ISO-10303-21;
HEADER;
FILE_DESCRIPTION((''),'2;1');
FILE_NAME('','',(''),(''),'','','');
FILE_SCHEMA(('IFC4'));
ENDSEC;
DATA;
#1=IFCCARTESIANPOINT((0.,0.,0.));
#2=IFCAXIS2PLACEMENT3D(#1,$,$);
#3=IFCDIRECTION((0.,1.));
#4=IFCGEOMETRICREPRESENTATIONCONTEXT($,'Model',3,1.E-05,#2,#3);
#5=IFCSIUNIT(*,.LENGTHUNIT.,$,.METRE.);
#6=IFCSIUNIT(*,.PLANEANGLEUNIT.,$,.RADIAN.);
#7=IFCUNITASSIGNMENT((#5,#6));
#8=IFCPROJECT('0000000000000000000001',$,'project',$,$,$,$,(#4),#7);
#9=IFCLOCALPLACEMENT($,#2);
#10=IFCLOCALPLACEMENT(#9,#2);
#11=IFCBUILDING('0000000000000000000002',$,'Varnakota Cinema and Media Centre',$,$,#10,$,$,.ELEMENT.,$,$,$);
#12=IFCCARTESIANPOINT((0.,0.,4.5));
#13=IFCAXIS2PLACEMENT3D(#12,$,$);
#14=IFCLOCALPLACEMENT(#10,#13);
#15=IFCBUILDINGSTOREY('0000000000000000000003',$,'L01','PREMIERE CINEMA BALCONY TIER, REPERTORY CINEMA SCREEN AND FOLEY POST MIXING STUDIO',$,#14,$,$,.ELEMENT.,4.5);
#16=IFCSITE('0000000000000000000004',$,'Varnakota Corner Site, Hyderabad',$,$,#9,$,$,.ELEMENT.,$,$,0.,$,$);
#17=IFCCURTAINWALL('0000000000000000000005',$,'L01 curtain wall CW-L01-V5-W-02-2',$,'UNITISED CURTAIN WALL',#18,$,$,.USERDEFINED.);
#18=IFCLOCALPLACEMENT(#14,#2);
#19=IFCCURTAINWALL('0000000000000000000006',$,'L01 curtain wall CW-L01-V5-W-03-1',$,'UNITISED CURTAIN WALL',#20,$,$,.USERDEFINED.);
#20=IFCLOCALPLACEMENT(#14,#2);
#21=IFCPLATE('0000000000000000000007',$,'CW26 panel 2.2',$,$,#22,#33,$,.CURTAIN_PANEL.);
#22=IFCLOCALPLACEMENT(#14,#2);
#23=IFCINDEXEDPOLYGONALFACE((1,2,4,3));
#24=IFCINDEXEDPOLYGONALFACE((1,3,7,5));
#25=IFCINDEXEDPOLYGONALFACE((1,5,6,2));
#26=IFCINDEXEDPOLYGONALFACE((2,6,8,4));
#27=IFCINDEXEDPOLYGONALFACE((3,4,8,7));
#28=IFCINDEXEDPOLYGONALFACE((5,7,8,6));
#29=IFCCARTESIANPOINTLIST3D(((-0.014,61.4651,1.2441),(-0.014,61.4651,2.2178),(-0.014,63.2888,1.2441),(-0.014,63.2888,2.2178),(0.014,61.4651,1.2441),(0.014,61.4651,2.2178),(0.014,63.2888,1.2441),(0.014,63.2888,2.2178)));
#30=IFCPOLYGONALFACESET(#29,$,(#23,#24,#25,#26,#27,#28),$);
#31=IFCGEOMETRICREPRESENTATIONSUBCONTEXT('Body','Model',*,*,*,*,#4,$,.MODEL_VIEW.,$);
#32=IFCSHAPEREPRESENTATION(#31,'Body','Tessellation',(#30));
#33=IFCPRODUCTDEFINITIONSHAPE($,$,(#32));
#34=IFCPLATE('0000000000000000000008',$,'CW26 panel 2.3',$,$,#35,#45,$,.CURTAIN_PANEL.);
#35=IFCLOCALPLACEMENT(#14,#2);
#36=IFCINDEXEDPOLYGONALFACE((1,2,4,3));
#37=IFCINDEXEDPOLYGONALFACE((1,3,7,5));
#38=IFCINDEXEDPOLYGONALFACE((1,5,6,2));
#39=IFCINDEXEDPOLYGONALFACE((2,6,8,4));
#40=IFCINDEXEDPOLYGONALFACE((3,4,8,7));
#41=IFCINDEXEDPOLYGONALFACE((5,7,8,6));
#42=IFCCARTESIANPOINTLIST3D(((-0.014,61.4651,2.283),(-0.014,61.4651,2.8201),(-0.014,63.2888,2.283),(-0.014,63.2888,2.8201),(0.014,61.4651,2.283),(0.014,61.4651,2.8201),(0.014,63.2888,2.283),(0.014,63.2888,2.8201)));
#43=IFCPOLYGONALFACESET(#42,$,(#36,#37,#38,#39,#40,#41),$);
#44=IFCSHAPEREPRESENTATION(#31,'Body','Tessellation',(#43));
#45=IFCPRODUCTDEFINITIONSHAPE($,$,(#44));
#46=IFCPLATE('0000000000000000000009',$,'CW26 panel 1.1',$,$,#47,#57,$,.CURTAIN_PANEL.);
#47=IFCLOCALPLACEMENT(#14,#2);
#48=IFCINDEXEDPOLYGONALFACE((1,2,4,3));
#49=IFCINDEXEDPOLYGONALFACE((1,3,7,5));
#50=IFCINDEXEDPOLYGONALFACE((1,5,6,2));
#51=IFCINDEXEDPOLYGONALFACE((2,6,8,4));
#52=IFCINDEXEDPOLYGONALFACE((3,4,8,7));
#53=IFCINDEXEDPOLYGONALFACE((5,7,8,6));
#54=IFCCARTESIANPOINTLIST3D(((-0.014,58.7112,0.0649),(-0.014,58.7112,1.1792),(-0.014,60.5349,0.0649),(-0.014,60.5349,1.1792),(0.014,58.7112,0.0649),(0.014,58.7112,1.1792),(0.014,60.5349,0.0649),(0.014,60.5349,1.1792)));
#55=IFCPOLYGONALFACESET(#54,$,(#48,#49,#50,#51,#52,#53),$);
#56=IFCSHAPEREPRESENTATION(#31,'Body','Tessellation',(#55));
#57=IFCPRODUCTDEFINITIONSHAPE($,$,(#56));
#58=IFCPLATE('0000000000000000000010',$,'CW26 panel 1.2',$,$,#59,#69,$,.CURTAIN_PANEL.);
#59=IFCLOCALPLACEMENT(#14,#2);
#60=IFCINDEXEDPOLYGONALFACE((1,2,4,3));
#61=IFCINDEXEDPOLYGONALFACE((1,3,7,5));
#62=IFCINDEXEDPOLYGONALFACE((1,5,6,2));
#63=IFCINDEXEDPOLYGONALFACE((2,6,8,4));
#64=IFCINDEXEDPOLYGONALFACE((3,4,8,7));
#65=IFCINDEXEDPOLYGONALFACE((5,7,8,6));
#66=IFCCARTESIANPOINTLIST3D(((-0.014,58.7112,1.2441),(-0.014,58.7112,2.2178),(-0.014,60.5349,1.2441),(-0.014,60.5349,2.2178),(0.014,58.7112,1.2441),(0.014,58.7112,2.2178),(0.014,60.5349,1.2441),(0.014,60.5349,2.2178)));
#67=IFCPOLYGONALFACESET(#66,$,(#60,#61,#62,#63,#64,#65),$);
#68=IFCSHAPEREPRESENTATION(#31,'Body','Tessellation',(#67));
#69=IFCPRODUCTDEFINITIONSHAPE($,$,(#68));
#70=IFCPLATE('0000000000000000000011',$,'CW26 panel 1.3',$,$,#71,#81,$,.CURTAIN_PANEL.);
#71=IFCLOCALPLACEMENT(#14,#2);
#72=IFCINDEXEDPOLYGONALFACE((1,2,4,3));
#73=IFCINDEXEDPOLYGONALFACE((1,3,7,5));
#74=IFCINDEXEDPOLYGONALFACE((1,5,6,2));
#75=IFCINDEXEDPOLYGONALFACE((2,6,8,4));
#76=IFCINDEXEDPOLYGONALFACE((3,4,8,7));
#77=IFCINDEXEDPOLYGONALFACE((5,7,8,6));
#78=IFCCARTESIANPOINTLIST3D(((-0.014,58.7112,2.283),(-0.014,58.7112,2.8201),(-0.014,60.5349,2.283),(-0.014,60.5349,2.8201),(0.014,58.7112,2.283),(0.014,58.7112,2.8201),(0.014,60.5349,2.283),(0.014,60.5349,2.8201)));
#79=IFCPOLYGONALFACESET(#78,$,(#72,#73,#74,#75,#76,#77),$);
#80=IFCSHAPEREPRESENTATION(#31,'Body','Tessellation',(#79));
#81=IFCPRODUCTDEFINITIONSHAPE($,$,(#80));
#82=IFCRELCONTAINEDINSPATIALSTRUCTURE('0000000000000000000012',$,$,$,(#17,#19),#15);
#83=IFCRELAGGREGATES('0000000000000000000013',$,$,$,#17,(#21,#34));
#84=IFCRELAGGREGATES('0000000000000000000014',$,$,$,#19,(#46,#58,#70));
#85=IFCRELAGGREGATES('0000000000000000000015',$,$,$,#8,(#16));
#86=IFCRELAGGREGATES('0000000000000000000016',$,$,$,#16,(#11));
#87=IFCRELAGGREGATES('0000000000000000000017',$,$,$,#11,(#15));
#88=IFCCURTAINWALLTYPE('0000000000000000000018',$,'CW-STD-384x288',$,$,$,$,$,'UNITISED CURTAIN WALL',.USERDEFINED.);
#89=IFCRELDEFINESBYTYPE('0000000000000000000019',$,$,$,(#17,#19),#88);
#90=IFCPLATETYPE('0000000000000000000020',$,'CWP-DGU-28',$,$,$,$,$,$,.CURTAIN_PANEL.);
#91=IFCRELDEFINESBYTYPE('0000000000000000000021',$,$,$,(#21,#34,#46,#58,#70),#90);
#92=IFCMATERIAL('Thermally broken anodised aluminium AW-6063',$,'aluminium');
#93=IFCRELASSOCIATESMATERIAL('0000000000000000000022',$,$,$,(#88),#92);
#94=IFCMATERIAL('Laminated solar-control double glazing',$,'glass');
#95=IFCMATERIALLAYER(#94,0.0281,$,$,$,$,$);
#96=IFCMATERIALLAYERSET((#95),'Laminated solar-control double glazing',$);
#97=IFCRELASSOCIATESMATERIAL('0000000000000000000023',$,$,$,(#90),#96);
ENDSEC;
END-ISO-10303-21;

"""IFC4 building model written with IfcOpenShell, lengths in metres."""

from ifc_helpers import new_model, si_unit, direction, frame, origin, origin_2d, place, context, subcontext, project, spatial, rectangle, extrude, material, layer, layer_set, type_object, element, aggregate, save


model = new_model("IFC4")

# Units and contexts
model_context = context("Model", 3, precision=1e-05, world=origin(), true_north=direction((0.0, 1.0)))
body_context = subcontext(model_context, "Body", "Model", "MODEL_VIEW")
ifc_project = project(units=[si_unit("LENGTHUNIT", "METRE"), si_unit("PLANEANGLEUNIT", "RADIAN")], contexts=[model_context])

# Site, building, storey
site_placement = place(None, origin())
site = spatial("IfcSite", under=ifc_project, at=site_placement, Name="Varnakota Corner Site, Hyderabad", CompositionType="ELEMENT", RefElevation=0.0)
building_placement = place(site_placement, origin())
building = spatial("IfcBuilding", under=site, at=building_placement, Name="Varnakota Cinema and Media Centre", CompositionType="ELEMENT")
storey_placement = place(building_placement, frame((0.0, 0.0, 4.5)))
storey = spatial("IfcBuildingStorey", under=building, at=storey_placement, Name="L01", Description="PREMIERE CINEMA BALCONY TIER, REPERTORY CINEMA SCREEN AND FOLEY POST MIXING STUDIO", CompositionType="ELEMENT", Elevation=4.5)

# Curtain walls
ifc_material_1 = material(Name="Thermally broken anodised aluminium AW-6063", Category="aluminium")
curtain_wall_type = type_object("IfcCurtainWallType", Name="CW-STD-384x288", ElementType="UNITISED CURTAIN WALL", PredefinedType="USERDEFINED", material=ifc_material_1)
curtain_wall_1_placement = place(storey_placement, origin())
curtain_wall_1 = element("IfcCurtainWall", 1, at=curtain_wall_1_placement, inside=storey, type_object=curtain_wall_type, Name="L01 curtain wall CW-L01-V5-W-02-2", ObjectType="UNITISED CURTAIN WALL", PredefinedType="USERDEFINED")
curtain_wall_2_placement = place(storey_placement, origin())
curtain_wall_2 = element("IfcCurtainWall", 2, at=curtain_wall_2_placement, inside=storey, type_object=curtain_wall_type, Name="L01 curtain wall CW-L01-V5-W-03-1", ObjectType="UNITISED CURTAIN WALL", PredefinedType="USERDEFINED")

# Plates
ifc_material_2 = material(Name="Laminated solar-control double glazing", Category="glass")
ifc_layer = layer(ifc_material_2, 0.0281)
ifc_layer_set = layer_set([ifc_layer], Name="Laminated solar-control double glazing")
plate_type = type_object("IfcPlateType", Name="CWP-DGU-28", PredefinedType="CURTAIN_PANEL", material=ifc_layer_set)
plate_1_placement = place(storey_placement, frame((0.0, 62.377, 1.2441), z_axis=(0.0, 0.0, 1.0), x_axis=(0.0, -1.0, 0.0)))
plate_1 = element("IfcPlate", 3, at=plate_1_placement, type_object=plate_type, Name="CW26 panel 2.2", PredefinedType="CURTAIN_PANEL", context=body_context, shape_type="SweptSolid", body=[
    extrude(rectangle(XDim=1.8237, YDim=0.0281, at=origin_2d()), origin(), (0.0, 0.0, 1.0), 0.9736),
])
plate_2_placement = place(storey_placement, frame((0.0, 62.377, 2.283), z_axis=(0.0, 0.0, 1.0), x_axis=(0.0, -1.0, 0.0)))
plate_2 = element("IfcPlate", 4, at=plate_2_placement, type_object=plate_type, Name="CW26 panel 2.3", PredefinedType="CURTAIN_PANEL", context=body_context, shape_type="SweptSolid", body=[
    extrude(rectangle(XDim=1.8237, YDim=0.0281, at=origin_2d()), origin(), (0.0, 0.0, 1.0), 0.5371),
])
aggregate(curtain_wall_1, [plate_1, plate_2])
plate_3_placement = place(storey_placement, frame((0.0, 59.623, 0.0649), z_axis=(0.0, 0.0, 1.0), x_axis=(0.0, -1.0, 0.0)))
plate_3 = element("IfcPlate", 5, at=plate_3_placement, type_object=plate_type, Name="CW26 panel 1.1", PredefinedType="CURTAIN_PANEL", context=body_context, shape_type="SweptSolid", body=[
    extrude(rectangle(XDim=1.8237, YDim=0.0281, at=origin_2d()), origin(), (0.0, 0.0, 1.0), 1.1143),
])
plate_4_placement = place(storey_placement, frame((0.0, 59.623, 1.2441), z_axis=(0.0, 0.0, 1.0), x_axis=(0.0, -1.0, 0.0)))
plate_4 = element("IfcPlate", 6, at=plate_4_placement, type_object=plate_type, Name="CW26 panel 1.2", PredefinedType="CURTAIN_PANEL", context=body_context, shape_type="SweptSolid", body=[
    extrude(rectangle(XDim=1.8237, YDim=0.0281, at=origin_2d()), origin(), (0.0, 0.0, 1.0), 0.9736),
])
plate_5_placement = place(storey_placement, frame((0.0, 59.623, 2.283), z_axis=(0.0, 0.0, 1.0), x_axis=(0.0, -1.0, 0.0)))
plate_5 = element("IfcPlate", 7, at=plate_5_placement, type_object=plate_type, Name="CW26 panel 1.3", PredefinedType="CURTAIN_PANEL", context=body_context, shape_type="SweptSolid", body=[
    extrude(rectangle(XDim=1.8237, YDim=0.0281, at=origin_2d()), origin(), (0.0, 0.0, 1.0), 0.5371),
])
aggregate(curtain_wall_2, [plate_3, plate_4, plate_5])

save(model, "model.ifc")
